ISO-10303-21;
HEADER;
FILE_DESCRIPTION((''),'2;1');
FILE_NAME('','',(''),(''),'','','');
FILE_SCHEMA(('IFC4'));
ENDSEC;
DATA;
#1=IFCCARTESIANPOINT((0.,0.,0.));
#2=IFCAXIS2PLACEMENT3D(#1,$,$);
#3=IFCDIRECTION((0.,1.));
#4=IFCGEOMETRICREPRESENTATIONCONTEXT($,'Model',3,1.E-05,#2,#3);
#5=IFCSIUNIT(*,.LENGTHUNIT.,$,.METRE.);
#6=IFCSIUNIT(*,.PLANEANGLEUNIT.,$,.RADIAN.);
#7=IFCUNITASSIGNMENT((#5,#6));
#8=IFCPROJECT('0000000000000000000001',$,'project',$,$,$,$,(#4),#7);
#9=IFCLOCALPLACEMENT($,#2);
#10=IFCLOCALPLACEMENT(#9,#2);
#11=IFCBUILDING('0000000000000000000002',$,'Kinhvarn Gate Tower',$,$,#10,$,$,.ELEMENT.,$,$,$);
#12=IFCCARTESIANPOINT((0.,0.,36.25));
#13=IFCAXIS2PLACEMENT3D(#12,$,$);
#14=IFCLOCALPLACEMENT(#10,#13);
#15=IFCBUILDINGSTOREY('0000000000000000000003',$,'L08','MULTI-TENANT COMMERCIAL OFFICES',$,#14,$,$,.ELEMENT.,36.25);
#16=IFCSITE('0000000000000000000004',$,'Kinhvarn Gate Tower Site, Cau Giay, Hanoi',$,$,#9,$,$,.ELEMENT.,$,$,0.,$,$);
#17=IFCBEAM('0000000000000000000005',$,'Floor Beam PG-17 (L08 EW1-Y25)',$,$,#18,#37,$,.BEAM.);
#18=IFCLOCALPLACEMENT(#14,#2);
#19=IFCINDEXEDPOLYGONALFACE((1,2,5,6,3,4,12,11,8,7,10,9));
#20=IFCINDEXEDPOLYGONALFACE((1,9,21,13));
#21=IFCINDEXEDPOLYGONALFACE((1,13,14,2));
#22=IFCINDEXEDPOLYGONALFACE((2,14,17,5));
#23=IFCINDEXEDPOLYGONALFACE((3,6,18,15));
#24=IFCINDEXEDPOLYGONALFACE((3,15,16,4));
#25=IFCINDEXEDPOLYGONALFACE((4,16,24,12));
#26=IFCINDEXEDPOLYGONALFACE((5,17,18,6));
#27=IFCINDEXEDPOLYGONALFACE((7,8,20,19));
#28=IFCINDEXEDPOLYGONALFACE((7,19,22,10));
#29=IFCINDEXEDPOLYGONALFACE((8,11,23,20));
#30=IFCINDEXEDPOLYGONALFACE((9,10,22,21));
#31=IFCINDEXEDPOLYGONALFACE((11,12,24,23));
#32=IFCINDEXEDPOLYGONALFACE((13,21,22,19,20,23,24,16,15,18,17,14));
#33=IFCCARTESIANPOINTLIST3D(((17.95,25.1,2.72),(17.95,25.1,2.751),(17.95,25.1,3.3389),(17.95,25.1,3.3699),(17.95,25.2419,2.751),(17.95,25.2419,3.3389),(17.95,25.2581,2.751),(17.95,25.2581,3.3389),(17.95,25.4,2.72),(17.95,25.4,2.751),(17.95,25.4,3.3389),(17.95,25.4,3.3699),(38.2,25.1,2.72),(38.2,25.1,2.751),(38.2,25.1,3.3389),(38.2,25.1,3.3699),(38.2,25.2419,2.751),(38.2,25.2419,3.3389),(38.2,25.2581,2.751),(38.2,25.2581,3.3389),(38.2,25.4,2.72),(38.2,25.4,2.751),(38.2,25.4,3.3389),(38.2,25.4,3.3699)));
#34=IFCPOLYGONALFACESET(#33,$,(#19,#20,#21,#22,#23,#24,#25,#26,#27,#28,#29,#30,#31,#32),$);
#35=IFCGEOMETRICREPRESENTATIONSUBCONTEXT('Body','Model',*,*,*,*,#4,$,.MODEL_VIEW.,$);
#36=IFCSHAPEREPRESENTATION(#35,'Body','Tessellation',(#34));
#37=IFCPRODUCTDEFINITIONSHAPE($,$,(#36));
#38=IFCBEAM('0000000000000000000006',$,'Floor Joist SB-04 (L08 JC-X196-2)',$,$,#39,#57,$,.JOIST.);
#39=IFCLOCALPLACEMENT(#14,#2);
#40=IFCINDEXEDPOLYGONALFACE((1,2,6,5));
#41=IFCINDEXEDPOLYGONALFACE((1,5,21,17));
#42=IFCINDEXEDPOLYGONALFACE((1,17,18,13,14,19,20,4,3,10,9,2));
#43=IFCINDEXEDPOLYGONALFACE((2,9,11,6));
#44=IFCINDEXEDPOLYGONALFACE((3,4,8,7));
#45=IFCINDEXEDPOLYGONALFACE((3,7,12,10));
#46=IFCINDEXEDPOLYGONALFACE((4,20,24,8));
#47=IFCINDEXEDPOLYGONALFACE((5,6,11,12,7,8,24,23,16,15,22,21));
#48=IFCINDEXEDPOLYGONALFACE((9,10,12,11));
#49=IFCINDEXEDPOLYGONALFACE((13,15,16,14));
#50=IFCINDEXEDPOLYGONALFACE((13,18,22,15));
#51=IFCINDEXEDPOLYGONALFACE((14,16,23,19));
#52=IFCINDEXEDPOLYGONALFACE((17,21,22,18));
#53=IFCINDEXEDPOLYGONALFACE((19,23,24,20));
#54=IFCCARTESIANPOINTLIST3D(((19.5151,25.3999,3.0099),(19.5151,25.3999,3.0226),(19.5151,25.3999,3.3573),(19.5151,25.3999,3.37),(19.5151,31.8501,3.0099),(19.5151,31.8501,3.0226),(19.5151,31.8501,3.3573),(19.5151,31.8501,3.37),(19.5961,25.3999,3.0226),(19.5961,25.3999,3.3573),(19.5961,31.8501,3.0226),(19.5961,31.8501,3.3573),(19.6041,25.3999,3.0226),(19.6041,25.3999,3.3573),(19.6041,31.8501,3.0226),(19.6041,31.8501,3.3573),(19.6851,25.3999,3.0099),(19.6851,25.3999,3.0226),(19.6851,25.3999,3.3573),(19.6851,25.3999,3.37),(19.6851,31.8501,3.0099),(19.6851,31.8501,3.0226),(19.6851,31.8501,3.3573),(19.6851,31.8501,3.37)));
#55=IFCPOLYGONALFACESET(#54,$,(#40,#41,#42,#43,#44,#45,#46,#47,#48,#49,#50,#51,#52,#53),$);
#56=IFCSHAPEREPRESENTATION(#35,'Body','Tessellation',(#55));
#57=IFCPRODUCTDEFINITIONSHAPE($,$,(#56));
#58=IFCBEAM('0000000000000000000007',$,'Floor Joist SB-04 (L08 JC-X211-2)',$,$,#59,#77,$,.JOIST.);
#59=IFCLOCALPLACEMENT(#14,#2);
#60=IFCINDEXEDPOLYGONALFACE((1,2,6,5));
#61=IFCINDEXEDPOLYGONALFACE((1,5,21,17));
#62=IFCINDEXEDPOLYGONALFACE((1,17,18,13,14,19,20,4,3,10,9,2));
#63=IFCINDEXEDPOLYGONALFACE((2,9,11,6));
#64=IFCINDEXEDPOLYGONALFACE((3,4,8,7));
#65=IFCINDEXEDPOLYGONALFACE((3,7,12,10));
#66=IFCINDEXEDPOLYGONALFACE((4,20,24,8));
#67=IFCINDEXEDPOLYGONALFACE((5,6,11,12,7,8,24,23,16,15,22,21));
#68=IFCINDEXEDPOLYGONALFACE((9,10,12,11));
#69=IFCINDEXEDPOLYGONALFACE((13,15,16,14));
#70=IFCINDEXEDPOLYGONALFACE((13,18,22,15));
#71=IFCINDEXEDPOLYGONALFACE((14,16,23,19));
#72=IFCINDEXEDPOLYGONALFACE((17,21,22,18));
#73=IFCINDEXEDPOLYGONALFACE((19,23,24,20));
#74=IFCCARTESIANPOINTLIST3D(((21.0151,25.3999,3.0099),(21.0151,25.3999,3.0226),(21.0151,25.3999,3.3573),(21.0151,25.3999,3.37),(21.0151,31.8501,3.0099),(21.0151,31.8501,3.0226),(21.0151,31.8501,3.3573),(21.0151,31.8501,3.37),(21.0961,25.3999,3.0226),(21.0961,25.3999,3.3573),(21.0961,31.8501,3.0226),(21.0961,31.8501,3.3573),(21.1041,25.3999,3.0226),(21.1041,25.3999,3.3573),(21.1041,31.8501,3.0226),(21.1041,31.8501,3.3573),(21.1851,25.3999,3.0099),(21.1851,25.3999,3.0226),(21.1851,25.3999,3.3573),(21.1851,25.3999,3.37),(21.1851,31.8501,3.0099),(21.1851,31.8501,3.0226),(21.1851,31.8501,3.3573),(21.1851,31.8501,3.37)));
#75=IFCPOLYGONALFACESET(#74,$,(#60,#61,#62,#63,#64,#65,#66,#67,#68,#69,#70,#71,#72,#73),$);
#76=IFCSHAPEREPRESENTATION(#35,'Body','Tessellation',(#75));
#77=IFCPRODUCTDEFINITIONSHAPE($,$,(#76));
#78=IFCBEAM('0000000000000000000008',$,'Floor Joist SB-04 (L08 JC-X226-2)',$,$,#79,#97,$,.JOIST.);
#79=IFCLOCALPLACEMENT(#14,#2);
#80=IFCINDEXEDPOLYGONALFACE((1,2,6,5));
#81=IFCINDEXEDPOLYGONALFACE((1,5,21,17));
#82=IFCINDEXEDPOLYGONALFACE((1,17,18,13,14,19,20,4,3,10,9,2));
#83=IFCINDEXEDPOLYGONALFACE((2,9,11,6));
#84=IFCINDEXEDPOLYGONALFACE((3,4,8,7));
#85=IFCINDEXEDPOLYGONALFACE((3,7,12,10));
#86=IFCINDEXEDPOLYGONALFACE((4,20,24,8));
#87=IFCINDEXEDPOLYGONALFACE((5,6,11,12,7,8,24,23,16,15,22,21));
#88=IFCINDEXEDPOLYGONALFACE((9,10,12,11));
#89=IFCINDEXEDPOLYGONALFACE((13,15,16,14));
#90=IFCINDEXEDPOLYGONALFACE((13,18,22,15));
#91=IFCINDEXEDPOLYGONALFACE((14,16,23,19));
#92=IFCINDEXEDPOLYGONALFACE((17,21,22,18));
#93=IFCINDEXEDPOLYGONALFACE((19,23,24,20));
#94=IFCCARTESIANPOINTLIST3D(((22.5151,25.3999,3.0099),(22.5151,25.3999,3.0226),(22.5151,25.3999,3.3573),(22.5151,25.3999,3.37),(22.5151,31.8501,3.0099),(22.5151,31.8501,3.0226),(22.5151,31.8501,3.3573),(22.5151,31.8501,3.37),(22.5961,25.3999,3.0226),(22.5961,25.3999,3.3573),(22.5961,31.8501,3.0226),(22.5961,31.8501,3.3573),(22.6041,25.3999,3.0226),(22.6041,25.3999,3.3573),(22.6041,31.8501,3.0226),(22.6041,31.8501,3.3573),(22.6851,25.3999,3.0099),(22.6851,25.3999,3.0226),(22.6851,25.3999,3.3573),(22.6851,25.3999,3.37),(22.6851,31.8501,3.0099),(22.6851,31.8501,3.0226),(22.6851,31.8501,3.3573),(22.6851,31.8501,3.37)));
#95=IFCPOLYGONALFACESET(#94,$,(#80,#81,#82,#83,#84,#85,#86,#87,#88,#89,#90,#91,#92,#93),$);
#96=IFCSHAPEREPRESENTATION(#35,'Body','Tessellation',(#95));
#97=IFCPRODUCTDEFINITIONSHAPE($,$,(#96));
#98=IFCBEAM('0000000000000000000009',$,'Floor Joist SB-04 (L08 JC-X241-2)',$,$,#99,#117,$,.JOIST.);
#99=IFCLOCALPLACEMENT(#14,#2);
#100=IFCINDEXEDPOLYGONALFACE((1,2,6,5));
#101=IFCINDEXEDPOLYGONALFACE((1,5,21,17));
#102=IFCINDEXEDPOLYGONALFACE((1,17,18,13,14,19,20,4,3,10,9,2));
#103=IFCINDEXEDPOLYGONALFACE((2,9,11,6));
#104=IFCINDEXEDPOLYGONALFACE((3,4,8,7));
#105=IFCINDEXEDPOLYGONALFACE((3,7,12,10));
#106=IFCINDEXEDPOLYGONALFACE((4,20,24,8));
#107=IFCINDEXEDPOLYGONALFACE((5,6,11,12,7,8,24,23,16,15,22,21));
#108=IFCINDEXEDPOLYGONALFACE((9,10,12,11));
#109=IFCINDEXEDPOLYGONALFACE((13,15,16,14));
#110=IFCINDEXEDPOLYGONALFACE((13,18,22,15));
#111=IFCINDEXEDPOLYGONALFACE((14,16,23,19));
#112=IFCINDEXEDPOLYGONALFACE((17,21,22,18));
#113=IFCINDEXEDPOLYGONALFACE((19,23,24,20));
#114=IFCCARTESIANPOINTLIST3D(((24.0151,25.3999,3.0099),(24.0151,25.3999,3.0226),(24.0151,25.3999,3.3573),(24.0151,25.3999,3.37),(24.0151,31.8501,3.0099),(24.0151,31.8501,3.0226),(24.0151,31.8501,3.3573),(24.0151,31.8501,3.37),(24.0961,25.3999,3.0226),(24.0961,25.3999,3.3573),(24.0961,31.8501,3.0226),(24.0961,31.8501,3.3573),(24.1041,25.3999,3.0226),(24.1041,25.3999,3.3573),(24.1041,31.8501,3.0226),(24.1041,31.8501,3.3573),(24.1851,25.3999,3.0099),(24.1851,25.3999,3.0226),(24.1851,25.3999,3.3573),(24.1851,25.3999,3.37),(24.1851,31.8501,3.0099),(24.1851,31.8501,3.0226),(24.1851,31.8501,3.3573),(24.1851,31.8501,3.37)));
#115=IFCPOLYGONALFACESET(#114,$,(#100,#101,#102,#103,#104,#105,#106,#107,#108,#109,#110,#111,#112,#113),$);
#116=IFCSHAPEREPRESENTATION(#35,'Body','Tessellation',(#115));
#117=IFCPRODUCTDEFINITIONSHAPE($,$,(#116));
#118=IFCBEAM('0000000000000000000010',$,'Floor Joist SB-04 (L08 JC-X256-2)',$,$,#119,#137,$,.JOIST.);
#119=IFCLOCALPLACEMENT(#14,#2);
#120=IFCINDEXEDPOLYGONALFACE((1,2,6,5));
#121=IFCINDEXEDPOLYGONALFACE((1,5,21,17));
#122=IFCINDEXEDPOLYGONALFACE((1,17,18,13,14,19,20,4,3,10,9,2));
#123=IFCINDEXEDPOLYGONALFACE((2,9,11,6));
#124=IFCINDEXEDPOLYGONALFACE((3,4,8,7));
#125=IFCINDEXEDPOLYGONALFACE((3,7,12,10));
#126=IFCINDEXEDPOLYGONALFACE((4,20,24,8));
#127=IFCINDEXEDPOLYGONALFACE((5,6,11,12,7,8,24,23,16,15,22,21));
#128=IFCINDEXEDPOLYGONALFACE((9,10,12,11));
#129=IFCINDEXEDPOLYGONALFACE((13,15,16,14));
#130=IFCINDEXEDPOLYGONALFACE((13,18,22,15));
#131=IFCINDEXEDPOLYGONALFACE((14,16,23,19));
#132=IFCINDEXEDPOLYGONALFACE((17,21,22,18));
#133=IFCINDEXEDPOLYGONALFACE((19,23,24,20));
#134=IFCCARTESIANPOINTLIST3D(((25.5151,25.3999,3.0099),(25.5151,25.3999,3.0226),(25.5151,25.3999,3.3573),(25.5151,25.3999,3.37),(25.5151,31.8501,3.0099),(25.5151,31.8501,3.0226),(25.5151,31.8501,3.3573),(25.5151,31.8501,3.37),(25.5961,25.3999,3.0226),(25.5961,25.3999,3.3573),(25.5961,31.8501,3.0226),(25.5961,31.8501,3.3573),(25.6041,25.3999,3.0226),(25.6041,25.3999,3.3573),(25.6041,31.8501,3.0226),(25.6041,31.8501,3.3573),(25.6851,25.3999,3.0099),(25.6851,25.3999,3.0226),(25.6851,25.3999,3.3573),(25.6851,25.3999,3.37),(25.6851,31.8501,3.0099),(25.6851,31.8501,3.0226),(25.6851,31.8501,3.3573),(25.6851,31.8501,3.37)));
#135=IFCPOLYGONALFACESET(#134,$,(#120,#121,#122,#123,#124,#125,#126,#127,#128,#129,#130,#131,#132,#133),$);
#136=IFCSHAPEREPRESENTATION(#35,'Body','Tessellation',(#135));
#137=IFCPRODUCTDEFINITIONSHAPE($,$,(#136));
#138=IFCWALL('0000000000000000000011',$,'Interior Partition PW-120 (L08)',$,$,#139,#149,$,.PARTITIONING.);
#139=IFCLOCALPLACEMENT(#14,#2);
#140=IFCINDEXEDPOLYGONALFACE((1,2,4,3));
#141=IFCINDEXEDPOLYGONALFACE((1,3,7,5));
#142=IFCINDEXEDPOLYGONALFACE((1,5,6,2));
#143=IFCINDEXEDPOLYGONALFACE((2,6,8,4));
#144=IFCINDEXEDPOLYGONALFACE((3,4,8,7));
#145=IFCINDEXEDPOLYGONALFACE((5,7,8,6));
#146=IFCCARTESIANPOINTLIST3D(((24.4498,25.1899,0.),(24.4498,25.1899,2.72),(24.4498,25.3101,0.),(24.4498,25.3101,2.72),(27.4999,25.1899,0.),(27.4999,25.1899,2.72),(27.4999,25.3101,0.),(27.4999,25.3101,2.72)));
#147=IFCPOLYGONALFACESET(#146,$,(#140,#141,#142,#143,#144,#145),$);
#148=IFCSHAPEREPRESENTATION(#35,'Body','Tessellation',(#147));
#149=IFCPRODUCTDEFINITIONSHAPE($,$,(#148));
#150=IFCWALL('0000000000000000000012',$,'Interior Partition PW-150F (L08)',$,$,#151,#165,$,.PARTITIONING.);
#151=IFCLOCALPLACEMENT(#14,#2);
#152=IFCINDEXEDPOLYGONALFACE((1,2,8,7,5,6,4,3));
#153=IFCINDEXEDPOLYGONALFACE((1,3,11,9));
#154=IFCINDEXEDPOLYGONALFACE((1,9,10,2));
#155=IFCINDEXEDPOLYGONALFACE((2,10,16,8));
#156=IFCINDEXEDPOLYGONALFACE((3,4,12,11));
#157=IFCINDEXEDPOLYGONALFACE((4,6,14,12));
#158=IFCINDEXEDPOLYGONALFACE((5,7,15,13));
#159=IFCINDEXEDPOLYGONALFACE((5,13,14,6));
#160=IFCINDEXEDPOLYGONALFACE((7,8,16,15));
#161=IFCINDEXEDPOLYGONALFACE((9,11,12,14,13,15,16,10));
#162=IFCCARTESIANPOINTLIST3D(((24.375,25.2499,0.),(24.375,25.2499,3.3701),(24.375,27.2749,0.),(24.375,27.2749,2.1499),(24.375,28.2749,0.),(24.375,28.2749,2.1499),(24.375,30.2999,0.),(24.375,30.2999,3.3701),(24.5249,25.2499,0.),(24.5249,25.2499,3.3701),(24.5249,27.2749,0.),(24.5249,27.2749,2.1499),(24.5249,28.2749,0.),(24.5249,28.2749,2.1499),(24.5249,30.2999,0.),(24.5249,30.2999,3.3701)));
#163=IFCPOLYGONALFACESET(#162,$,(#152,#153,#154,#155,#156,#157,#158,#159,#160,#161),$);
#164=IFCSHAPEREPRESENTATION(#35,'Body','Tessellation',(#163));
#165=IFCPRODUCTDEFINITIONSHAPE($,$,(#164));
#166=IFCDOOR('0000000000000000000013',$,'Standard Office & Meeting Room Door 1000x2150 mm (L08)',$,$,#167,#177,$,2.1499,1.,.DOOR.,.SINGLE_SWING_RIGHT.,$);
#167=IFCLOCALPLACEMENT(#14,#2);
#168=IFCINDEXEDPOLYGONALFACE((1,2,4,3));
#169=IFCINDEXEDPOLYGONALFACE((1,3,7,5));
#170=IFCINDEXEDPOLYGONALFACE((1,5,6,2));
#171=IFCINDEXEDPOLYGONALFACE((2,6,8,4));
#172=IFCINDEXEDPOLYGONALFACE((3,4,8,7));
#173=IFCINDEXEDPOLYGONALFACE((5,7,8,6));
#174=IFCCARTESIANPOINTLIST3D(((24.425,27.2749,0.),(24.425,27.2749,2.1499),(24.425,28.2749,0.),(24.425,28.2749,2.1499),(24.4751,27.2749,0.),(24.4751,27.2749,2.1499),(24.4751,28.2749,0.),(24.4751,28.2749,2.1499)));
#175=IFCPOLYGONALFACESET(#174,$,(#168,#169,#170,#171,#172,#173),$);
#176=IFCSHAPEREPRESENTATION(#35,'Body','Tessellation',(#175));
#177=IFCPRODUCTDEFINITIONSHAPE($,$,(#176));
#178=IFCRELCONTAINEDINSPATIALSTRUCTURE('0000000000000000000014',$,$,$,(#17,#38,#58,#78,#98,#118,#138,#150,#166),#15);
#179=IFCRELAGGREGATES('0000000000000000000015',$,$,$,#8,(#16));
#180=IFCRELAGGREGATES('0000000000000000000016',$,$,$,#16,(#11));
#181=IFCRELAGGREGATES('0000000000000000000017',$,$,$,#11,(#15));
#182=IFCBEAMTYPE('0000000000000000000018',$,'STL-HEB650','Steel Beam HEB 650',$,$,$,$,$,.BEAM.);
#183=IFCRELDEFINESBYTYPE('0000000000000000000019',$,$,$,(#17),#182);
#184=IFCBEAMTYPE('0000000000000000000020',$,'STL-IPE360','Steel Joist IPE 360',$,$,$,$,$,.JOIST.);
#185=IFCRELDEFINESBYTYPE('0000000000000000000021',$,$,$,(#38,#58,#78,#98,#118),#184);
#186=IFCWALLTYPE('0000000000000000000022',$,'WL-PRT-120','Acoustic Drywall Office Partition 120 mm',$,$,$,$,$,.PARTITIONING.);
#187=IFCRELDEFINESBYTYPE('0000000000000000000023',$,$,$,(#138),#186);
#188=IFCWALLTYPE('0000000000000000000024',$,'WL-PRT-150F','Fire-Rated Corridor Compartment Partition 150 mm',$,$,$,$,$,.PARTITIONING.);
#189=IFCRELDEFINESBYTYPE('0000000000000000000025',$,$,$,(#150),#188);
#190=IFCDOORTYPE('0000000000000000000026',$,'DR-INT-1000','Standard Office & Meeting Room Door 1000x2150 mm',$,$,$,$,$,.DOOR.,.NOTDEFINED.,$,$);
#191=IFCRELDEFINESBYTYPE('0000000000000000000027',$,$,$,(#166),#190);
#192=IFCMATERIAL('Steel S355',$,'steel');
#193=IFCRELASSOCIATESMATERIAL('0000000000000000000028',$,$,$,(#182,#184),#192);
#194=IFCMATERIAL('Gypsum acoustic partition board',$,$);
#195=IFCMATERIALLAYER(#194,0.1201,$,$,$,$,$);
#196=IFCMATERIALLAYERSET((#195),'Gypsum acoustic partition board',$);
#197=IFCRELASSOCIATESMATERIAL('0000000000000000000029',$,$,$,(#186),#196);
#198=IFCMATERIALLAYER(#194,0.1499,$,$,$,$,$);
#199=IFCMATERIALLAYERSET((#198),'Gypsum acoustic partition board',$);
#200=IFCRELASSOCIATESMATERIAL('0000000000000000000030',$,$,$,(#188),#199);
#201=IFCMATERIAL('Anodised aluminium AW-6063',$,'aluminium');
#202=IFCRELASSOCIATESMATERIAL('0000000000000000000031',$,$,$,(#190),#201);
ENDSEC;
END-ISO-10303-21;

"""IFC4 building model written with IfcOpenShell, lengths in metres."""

from ifc_helpers import new_model, si_unit, direction, frame, frame_2d, origin, origin_2d, place, context, subcontext, project, spatial, rectangle, i_section, extrude, material, layer, layer_set, material_profile, profile_set, type_object, element, fill, save


model = new_model("IFC4")

# Units and contexts
model_context = context("Model", 3, precision=1e-05, world=origin(), true_north=direction((0.0, 1.0)))
body_context = subcontext(model_context, "Body", "Model", "MODEL_VIEW")
ifc_project = project(units=[si_unit("LENGTHUNIT", "METRE"), si_unit("PLANEANGLEUNIT", "RADIAN")], contexts=[model_context])

# Site, building, storey
site_placement = place(None, origin())
site = spatial("IfcSite", under=ifc_project, at=site_placement, Name="Kinhvarn Gate Tower Site, Cau Giay, Hanoi", CompositionType="ELEMENT", RefElevation=0.0)
building_placement = place(site_placement, origin())
building = spatial("IfcBuilding", under=site, at=building_placement, Name="Kinhvarn Gate Tower", CompositionType="ELEMENT")
storey_placement = place(building_placement, frame((0.0, 0.0, 36.25)))
storey = spatial("IfcBuildingStorey", under=building, at=storey_placement, Name="L08", Description="MULTI-TENANT COMMERCIAL OFFICES", CompositionType="ELEMENT", Elevation=36.25)

# Beams
ifc_material_1 = material(Name="Steel S355", Category="steel")
ifc_material_profile_1 = material_profile(ifc_material_1, i_section(OverallWidth=0.3, OverallDepth=0.6499, WebThickness=0.0161, FlangeThickness=0.031, at=origin_2d()), Name="HEB 650")
ifc_profile_set_1 = profile_set([ifc_material_profile_1], Name="Steel S355")
beam_type_1 = type_object("IfcBeamType", Name="STL-HEB650", Description="Steel Beam HEB 650", PredefinedType="BEAM", material=ifc_profile_set_1)
beam_placement = place(storey_placement, frame((17.95, 25.25, 3.0449), z_axis=(1.0, 0.0, 0.0), x_axis=(0.0, 1.0, 0.0)))
element("IfcBeam", 1, at=beam_placement, inside=storey, type_object=beam_type_1, Name="Floor Beam PG-17 (L08 EW1-Y25)", PredefinedType="BEAM", context=body_context, shape_type="SweptSolid", body=[
    extrude(i_section(OverallWidth=0.3, OverallDepth=0.6499, WebThickness=0.0161, FlangeThickness=0.031, at=origin_2d()), origin(), (0.0, 0.0, 1.0), 20.25),
])
ifc_material_profile_2 = material_profile(ifc_material_1, i_section(OverallWidth=0.1699, OverallDepth=0.3601, WebThickness=0.0081, FlangeThickness=0.0127, at=origin_2d()), Name="IPE 360")
ifc_profile_set_2 = profile_set([ifc_material_profile_2], Name="Steel S355")
beam_type_2 = type_object("IfcBeamType", Name="STL-IPE360", Description="Steel Joist IPE 360", PredefinedType="JOIST", material=ifc_profile_set_2)
for number, where, z_axis, x_axis, name in (
    (2, (19.6001, 25.3999, 3.1899), (0.0, 1.0, 0.0), (-1.0, 0.0, 0.0), "Floor Joist SB-04 (L08 JC-X196-2)"),
    (3, (21.1001, 25.3999, 3.1899), (0.0, 1.0, 0.0), (-1.0, 0.0, 0.0), "Floor Joist SB-04 (L08 JC-X211-2)"),
    (4, (22.6001, 25.3999, 3.1899), (0.0, 1.0, 0.0), (-1.0, 0.0, 0.0), "Floor Joist SB-04 (L08 JC-X226-2)"),
    (5, (24.1001, 25.3999, 3.1899), (0.0, 1.0, 0.0), (-1.0, 0.0, 0.0), "Floor Joist SB-04 (L08 JC-X241-2)"),
    (6, (25.6001, 25.3999, 3.1899), (0.0, 1.0, 0.0), (-1.0, 0.0, 0.0), "Floor Joist SB-04 (L08 JC-X256-2)"),
):
    element("IfcBeam", number, at=place(storey_placement, frame(where, z_axis=z_axis, x_axis=x_axis)), inside=storey, type_object=beam_type_2, Name=name, PredefinedType="JOIST", context=body_context, shape_type="SweptSolid", body=[
        extrude(i_section(OverallWidth=0.1699, OverallDepth=0.3601, WebThickness=0.0081, FlangeThickness=0.0127, at=origin_2d()), origin(), (0.0, 0.0, 1.0), 6.4502),
    ])

# Wall
ifc_material_2 = material(Name="Gypsum acoustic partition board")
ifc_layer_1 = layer(ifc_material_2, 0.1201)
ifc_layer_set_1 = layer_set([ifc_layer_1], Name="Gypsum acoustic partition board")
wall_type_1 = type_object("IfcWallType", Name="WL-PRT-120", Description="Acoustic Drywall Office Partition 120 mm", PredefinedType="PARTITIONING", material=ifc_layer_set_1)
wall_1_placement = place(storey_placement, frame((24.45, 25.25, 0.0), z_axis=(0.0, 0.0, 1.0), x_axis=(1.0, 0.0, 0.0)))
element("IfcWall", 7, at=wall_1_placement, inside=storey, type_object=wall_type_1, Name="Interior Partition PW-120 (L08)", PredefinedType="PARTITIONING", context=body_context, shape_type="SweptSolid", body=[
    extrude(rectangle(XDim=3.05, YDim=0.1201, at=frame_2d((1.5249, 0.0))), origin(), (0.0, 0.0, 1.0), 2.72),
])

# Wall, opening, door
ifc_layer_2 = layer(ifc_material_2, 0.1499)
ifc_layer_set_2 = layer_set([ifc_layer_2], Name="Gypsum acoustic partition board")
wall_type_2 = type_object("IfcWallType", Name="WL-PRT-150F", Description="Fire-Rated Corridor Compartment Partition 150 mm", PredefinedType="PARTITIONING", material=ifc_layer_set_2)
wall_2_placement = place(storey_placement, frame((24.45, 25.25, 0.0), z_axis=(0.0, 0.0, 1.0), x_axis=(0.0, 1.0, 0.0)))
wall_2 = element("IfcWall", 8, at=wall_2_placement, inside=storey, type_object=wall_type_2, Name="Interior Partition PW-150F (L08)", PredefinedType="PARTITIONING", context=body_context, shape_type="SweptSolid", body=[
    extrude(rectangle(XDim=5.05, YDim=0.1499, at=frame_2d((2.5249, 0.0))), origin(), (0.0, 0.0, 1.0), 3.3701),
])
opening_1_placement = place(wall_2_placement, frame((2.0249, 0.0, 0.0)))
opening_1 = element("IfcOpeningElement", 9, at=opening_1_placement, cuts=wall_2, PredefinedType="OPENING", context=body_context, shape_type="SweptSolid", body=[
    extrude(rectangle(XDim=1.0, YDim=2.1499, at=frame_2d((0.5, 1.075))), frame((0.0, 0.085, 0.0), z_axis=(0.0, -1.0, 0.0), x_axis=(1.0, 0.0, 0.0)), (0.0, 0.0, 1.0), 0.1699),
])
ifc_material_3 = material(Name="Anodised aluminium AW-6063", Category="aluminium")
door_type_1 = type_object("IfcDoorType", Name="DR-INT-1000", Description="Standard Office & Meeting Room Door 1000x2150 mm", OperationType="NOTDEFINED", PredefinedType="DOOR", material=ifc_material_3)
door_1_placement = place(opening_1_placement, origin())
door_1 = element("IfcDoor", 10, at=door_1_placement, inside=storey, type_object=door_type_1, Name="Standard Office & Meeting Room Door 1000x2150 mm (L08)", OperationType="SINGLE_SWING_RIGHT", OverallHeight=2.1499, OverallWidth=1.0, PredefinedType="DOOR", context=body_context, shape_type="SweptSolid", body=[
    extrude(rectangle(XDim=1.0, YDim=2.1499, at=frame_2d((0.5, 1.075))), frame((0.0, 0.0249, 0.0), z_axis=(0.0, -1.0, 0.0), x_axis=(1.0, 0.0, 0.0)), (0.0, 0.0, 1.0), 0.05),
])
fill(opening_1, door_1)

save(model, "model.ifc")
